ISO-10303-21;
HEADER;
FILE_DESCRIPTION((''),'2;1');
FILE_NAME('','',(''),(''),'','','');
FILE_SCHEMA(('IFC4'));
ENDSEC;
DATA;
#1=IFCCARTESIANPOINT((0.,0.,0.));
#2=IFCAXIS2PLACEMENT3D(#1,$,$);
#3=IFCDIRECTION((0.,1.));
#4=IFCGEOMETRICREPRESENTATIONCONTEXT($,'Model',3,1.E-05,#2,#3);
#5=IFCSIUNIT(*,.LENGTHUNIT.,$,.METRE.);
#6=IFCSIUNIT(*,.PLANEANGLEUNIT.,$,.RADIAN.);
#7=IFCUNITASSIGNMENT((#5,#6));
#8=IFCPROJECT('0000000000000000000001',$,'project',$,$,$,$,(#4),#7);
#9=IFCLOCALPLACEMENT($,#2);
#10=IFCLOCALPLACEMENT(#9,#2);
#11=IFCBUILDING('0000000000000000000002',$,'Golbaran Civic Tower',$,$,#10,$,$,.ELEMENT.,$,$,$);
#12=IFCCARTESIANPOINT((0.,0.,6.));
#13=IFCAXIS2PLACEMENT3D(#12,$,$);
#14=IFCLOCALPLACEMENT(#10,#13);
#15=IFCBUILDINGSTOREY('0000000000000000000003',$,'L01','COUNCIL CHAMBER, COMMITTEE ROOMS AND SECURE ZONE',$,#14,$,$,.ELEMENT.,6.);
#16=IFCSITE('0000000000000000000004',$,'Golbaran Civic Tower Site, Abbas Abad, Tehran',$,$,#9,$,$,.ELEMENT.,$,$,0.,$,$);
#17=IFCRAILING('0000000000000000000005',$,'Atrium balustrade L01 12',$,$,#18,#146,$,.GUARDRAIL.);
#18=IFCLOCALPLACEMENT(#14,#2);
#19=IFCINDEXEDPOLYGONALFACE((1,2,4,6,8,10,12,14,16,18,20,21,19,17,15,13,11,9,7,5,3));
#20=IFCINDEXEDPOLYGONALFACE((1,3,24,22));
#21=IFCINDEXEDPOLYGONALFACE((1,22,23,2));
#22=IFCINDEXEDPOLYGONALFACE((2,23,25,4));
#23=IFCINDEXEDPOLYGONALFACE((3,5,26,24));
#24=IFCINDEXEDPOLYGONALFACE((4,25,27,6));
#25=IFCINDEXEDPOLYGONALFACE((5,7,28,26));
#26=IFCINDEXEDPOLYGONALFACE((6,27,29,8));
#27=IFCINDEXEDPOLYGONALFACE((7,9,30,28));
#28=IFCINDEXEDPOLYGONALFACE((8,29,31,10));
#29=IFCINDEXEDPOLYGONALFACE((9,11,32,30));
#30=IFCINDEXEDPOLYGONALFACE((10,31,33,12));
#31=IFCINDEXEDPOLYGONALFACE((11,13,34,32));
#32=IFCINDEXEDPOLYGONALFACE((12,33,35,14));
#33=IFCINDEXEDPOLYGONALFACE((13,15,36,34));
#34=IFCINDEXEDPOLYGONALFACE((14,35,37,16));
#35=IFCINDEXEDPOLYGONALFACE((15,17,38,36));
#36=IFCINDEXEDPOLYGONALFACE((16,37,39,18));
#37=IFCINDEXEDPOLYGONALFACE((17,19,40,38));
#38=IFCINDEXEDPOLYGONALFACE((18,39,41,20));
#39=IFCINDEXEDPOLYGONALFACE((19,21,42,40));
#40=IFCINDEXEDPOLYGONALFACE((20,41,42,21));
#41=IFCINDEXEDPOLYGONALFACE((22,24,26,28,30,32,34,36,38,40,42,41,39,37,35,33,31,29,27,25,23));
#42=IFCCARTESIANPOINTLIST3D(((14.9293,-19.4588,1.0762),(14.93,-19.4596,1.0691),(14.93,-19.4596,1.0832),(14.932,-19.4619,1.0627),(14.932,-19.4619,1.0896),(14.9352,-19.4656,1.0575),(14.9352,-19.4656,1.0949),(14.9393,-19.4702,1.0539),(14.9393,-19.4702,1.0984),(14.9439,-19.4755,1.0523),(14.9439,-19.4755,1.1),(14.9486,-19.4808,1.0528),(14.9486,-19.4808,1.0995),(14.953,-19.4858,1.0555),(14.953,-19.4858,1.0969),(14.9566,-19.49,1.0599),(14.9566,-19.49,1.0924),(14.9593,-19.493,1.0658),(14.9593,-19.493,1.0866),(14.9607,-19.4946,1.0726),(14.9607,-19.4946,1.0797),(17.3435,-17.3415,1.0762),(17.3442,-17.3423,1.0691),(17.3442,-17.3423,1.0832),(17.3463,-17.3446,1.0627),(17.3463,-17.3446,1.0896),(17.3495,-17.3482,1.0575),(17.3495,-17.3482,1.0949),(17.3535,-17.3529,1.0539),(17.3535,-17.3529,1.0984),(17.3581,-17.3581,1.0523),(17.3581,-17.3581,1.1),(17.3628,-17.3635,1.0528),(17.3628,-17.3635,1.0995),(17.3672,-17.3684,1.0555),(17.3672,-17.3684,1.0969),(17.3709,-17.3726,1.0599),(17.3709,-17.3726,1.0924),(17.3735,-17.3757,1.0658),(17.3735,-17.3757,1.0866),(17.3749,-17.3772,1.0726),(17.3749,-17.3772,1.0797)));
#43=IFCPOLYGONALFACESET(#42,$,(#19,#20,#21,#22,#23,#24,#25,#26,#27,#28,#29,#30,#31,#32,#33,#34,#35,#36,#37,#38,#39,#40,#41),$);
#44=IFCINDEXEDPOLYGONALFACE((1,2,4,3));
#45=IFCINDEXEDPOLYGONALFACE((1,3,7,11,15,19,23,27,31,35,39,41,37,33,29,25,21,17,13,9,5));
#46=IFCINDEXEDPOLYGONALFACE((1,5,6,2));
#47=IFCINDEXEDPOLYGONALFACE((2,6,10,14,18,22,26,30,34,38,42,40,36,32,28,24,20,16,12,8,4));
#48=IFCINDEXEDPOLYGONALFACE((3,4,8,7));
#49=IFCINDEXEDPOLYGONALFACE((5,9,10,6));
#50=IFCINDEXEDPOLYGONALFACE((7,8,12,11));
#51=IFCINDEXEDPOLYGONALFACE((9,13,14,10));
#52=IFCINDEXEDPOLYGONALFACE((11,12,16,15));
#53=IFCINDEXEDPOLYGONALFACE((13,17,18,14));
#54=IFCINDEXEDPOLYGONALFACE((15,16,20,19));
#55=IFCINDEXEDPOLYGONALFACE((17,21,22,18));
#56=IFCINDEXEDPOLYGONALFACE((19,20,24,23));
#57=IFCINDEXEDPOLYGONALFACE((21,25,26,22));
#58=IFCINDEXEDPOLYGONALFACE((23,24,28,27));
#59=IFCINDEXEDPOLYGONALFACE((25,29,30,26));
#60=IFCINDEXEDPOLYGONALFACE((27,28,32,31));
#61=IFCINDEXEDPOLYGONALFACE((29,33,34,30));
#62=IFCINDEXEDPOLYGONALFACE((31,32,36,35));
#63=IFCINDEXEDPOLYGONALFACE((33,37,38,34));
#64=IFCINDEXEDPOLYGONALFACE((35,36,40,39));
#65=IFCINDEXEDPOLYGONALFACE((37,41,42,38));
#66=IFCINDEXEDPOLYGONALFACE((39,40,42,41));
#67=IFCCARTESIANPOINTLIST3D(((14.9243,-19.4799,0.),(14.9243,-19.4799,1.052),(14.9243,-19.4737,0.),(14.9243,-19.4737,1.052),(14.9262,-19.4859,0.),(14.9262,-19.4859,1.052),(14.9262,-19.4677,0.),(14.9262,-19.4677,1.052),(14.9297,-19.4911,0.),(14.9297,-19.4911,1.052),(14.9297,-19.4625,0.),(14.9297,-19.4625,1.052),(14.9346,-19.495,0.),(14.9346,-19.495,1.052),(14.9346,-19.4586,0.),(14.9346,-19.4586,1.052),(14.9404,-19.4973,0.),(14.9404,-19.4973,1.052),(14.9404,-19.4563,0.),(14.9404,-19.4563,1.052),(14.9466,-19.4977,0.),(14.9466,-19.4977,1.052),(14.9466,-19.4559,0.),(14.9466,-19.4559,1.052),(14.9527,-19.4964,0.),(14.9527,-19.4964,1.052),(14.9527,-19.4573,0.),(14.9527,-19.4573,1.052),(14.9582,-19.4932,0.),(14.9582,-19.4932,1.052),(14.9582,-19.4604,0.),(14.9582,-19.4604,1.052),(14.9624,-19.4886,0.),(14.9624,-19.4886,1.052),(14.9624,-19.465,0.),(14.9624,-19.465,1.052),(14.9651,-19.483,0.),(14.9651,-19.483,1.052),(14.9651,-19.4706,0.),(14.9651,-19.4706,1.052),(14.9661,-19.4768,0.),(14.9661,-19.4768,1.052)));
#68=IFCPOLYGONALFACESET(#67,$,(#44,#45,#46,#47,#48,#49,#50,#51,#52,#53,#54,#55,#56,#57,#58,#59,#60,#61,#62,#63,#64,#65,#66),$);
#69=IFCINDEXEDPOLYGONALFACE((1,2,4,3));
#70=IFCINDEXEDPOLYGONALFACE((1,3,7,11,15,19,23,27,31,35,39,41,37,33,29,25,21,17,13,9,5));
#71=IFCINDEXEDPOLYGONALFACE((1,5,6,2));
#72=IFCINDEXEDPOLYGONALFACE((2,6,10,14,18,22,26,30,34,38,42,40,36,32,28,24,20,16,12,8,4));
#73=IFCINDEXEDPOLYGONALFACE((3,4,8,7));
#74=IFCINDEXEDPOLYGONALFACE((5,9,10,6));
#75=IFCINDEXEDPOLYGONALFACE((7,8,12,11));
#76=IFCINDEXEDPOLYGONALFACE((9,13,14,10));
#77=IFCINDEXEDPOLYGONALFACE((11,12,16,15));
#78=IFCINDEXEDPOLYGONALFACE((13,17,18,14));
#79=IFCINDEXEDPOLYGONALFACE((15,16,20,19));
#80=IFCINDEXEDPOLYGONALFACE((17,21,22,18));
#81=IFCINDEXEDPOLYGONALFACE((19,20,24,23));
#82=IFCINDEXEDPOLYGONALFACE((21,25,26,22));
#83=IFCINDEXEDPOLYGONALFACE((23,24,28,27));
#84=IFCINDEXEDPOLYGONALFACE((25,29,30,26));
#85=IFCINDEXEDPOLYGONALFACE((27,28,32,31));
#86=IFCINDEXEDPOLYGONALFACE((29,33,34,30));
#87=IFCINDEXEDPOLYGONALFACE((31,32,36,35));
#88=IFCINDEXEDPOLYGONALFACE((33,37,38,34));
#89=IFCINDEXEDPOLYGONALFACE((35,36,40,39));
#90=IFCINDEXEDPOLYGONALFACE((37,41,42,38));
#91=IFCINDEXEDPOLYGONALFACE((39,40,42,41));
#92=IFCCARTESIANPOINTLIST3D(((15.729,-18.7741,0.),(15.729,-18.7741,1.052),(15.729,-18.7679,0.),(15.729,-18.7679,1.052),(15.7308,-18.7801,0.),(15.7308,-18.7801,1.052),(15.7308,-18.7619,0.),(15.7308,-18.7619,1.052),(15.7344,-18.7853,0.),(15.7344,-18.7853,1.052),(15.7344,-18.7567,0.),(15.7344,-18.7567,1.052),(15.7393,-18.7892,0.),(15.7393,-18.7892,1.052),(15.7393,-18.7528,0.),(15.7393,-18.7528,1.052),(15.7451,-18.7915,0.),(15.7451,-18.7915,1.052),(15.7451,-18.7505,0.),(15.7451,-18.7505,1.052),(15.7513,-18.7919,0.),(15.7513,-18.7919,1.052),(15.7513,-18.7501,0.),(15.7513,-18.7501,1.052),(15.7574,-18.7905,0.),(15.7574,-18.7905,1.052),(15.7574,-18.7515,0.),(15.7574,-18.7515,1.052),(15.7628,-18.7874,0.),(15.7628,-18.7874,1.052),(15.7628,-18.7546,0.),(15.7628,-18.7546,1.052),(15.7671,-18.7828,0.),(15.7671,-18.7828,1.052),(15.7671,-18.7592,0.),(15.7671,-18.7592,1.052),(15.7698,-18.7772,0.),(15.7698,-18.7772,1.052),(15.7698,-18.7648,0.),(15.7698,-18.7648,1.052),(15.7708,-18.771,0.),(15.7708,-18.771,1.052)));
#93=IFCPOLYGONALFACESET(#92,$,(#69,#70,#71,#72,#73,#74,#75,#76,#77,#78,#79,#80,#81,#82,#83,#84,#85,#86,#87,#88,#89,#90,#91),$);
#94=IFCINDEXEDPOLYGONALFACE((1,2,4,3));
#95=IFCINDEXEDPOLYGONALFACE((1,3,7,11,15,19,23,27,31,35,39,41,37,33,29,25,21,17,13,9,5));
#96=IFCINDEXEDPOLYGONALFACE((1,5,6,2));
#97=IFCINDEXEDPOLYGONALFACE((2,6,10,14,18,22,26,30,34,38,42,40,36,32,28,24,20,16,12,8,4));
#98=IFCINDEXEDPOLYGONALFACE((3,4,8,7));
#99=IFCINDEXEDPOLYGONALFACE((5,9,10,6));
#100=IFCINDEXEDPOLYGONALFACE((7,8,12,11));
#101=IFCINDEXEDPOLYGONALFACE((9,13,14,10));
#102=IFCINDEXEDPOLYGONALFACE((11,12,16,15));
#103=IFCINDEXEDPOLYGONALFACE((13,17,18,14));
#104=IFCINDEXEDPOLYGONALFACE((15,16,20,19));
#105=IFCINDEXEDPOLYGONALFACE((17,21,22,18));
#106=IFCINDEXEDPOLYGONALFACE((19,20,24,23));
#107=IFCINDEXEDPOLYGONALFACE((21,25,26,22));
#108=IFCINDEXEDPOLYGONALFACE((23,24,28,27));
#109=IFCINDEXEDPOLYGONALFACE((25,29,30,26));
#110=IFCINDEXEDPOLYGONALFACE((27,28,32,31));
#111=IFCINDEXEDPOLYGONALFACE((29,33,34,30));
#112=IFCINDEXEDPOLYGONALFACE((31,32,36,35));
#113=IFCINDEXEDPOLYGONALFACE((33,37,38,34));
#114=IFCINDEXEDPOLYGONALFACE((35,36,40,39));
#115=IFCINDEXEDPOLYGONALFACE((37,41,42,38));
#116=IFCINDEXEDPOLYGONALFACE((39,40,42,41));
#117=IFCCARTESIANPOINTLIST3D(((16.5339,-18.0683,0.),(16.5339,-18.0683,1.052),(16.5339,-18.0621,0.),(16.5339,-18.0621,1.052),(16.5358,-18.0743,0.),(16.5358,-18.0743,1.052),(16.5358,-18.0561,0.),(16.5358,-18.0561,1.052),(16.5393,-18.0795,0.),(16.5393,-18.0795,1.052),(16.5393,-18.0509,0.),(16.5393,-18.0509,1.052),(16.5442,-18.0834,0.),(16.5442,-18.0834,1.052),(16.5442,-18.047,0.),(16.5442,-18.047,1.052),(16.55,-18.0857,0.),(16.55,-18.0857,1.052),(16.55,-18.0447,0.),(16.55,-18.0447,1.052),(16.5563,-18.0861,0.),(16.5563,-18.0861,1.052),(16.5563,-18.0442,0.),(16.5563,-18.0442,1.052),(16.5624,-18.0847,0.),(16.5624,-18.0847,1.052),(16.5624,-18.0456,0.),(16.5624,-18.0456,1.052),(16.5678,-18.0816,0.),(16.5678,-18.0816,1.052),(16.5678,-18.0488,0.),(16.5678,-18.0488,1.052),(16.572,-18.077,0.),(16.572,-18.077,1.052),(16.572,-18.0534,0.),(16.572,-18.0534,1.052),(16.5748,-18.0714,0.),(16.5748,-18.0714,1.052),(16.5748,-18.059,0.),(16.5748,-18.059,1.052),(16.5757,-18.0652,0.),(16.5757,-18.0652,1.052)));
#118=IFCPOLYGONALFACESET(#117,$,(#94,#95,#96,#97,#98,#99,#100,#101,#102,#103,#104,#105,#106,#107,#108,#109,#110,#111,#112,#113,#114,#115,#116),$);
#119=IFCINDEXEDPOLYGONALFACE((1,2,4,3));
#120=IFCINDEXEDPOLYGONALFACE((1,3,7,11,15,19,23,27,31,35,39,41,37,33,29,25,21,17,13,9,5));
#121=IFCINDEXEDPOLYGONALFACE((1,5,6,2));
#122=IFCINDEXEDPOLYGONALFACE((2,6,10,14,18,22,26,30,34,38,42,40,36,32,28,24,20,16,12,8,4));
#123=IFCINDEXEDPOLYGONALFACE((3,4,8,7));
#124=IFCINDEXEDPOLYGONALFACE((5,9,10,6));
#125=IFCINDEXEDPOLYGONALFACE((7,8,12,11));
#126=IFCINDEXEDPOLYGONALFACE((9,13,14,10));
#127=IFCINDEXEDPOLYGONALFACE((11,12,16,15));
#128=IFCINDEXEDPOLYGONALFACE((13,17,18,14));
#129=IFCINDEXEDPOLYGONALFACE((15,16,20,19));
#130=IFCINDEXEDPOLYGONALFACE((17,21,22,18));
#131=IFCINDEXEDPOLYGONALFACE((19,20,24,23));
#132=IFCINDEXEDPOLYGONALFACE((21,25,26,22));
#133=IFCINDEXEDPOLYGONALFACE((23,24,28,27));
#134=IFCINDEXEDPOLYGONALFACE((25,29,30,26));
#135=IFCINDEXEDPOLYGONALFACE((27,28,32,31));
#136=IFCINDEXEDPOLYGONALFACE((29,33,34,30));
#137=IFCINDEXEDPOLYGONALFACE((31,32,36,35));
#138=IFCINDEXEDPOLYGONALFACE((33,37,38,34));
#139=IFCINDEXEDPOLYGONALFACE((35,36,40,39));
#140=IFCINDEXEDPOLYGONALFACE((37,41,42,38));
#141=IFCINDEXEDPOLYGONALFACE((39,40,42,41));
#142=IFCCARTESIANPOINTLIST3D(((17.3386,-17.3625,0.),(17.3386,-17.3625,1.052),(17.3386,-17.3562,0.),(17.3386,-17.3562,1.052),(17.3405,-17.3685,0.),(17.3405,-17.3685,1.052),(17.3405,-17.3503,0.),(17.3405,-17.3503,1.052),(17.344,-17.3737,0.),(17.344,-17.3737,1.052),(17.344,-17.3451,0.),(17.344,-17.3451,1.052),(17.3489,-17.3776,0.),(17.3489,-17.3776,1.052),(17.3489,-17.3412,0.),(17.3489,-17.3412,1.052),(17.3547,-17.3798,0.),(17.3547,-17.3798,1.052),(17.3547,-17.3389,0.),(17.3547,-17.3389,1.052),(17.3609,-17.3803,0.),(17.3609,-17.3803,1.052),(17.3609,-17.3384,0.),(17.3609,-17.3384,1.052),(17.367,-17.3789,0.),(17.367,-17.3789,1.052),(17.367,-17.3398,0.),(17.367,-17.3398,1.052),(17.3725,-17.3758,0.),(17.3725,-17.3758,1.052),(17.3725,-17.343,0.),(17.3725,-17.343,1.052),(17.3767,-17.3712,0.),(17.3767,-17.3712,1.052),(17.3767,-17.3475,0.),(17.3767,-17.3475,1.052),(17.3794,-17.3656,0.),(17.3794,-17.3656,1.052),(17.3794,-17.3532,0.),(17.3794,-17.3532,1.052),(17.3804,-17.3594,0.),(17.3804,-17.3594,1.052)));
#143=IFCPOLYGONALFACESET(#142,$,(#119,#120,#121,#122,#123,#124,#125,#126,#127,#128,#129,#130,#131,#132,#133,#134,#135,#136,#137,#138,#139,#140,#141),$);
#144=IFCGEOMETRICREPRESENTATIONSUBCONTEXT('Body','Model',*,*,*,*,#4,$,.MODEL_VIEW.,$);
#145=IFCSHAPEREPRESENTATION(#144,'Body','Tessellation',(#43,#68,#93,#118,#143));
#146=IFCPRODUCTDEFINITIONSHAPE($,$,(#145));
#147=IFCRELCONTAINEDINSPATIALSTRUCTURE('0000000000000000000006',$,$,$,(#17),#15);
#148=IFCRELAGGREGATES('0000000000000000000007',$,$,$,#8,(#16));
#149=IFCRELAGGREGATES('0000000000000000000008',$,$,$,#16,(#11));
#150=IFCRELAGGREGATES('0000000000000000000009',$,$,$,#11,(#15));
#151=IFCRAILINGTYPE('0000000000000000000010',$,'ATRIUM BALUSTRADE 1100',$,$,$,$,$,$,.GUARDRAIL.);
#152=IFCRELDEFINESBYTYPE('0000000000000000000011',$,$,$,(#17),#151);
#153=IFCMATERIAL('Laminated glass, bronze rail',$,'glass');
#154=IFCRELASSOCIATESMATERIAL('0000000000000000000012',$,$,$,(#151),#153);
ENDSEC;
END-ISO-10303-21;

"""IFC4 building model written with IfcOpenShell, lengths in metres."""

from ifc_helpers import new_model, si_unit, direction, frame, origin, origin_2d, place, context, subcontext, project, spatial, circle, extrude, material, type_object, element, save


model = new_model("IFC4")

# Units and contexts
model_context = context("Model", 3, precision=1e-05, world=origin(), true_north=direction((0.0, 1.0)))
body_context = subcontext(model_context, "Body", "Model", "MODEL_VIEW")
ifc_project = project(units=[si_unit("LENGTHUNIT", "METRE"), si_unit("PLANEANGLEUNIT", "RADIAN")], contexts=[model_context])

# Site, building, storey
site_placement = place(None, origin())
site = spatial("IfcSite", under=ifc_project, at=site_placement, Name="Golbaran Civic Tower Site, Abbas Abad, Tehran", CompositionType="ELEMENT", RefElevation=0.0)
building_placement = place(site_placement, origin())
building = spatial("IfcBuilding", under=site, at=building_placement, Name="Golbaran Civic Tower", CompositionType="ELEMENT")
storey_placement = place(building_placement, frame((0.0, 0.0, 6.0)))
storey = spatial("IfcBuildingStorey", under=building, at=storey_placement, Name="L01", Description="COUNCIL CHAMBER, COMMITTEE ROOMS AND SECURE ZONE", CompositionType="ELEMENT", Elevation=6.0)

# Railing
ifc_material_1 = material(Name="Laminated glass, bronze rail", Category="glass")
railing_type = type_object("IfcRailingType", Name="ATRIUM BALUSTRADE 1100", PredefinedType="GUARDRAIL", material=ifc_material_1)
railing_1_placement = place(storey_placement, frame((14.9451, -19.4768, 0.0)))
element("IfcRailing", 1, at=railing_1_placement, inside=storey, type_object=railing_type, Name="Atrium balustrade L01 12", PredefinedType="GUARDRAIL", context=body_context, shape_type="SweptSolid", body=[
    extrude(circle(Radius=0.0239, at=origin_2d()), frame((0.0, 0.0, 1.0762), z_axis=(0.751818, 0.659371, 0.0), x_axis=(-0.659371, 0.751818, 0.0)), (0.0, 0.0, 1.0), 3.2112),
    extrude(circle(Radius=0.021, at=origin_2d()), origin(), (0.0, 0.0, 1.0), 1.052),
    extrude(circle(Radius=0.021, at=origin_2d()), frame((0.8047, 0.7058, 0.0)), (0.0, 0.0, 1.0), 1.052),
    extrude(circle(Radius=0.021, at=origin_2d()), frame((1.6096, 1.4116, 0.0)), (0.0, 0.0, 1.0), 1.052),
    extrude(circle(Radius=0.021, at=origin_2d()), frame((2.4143, 2.1174, 0.0)), (0.0, 0.0, 1.0), 1.052),
])

save(model, "model.ifc")
